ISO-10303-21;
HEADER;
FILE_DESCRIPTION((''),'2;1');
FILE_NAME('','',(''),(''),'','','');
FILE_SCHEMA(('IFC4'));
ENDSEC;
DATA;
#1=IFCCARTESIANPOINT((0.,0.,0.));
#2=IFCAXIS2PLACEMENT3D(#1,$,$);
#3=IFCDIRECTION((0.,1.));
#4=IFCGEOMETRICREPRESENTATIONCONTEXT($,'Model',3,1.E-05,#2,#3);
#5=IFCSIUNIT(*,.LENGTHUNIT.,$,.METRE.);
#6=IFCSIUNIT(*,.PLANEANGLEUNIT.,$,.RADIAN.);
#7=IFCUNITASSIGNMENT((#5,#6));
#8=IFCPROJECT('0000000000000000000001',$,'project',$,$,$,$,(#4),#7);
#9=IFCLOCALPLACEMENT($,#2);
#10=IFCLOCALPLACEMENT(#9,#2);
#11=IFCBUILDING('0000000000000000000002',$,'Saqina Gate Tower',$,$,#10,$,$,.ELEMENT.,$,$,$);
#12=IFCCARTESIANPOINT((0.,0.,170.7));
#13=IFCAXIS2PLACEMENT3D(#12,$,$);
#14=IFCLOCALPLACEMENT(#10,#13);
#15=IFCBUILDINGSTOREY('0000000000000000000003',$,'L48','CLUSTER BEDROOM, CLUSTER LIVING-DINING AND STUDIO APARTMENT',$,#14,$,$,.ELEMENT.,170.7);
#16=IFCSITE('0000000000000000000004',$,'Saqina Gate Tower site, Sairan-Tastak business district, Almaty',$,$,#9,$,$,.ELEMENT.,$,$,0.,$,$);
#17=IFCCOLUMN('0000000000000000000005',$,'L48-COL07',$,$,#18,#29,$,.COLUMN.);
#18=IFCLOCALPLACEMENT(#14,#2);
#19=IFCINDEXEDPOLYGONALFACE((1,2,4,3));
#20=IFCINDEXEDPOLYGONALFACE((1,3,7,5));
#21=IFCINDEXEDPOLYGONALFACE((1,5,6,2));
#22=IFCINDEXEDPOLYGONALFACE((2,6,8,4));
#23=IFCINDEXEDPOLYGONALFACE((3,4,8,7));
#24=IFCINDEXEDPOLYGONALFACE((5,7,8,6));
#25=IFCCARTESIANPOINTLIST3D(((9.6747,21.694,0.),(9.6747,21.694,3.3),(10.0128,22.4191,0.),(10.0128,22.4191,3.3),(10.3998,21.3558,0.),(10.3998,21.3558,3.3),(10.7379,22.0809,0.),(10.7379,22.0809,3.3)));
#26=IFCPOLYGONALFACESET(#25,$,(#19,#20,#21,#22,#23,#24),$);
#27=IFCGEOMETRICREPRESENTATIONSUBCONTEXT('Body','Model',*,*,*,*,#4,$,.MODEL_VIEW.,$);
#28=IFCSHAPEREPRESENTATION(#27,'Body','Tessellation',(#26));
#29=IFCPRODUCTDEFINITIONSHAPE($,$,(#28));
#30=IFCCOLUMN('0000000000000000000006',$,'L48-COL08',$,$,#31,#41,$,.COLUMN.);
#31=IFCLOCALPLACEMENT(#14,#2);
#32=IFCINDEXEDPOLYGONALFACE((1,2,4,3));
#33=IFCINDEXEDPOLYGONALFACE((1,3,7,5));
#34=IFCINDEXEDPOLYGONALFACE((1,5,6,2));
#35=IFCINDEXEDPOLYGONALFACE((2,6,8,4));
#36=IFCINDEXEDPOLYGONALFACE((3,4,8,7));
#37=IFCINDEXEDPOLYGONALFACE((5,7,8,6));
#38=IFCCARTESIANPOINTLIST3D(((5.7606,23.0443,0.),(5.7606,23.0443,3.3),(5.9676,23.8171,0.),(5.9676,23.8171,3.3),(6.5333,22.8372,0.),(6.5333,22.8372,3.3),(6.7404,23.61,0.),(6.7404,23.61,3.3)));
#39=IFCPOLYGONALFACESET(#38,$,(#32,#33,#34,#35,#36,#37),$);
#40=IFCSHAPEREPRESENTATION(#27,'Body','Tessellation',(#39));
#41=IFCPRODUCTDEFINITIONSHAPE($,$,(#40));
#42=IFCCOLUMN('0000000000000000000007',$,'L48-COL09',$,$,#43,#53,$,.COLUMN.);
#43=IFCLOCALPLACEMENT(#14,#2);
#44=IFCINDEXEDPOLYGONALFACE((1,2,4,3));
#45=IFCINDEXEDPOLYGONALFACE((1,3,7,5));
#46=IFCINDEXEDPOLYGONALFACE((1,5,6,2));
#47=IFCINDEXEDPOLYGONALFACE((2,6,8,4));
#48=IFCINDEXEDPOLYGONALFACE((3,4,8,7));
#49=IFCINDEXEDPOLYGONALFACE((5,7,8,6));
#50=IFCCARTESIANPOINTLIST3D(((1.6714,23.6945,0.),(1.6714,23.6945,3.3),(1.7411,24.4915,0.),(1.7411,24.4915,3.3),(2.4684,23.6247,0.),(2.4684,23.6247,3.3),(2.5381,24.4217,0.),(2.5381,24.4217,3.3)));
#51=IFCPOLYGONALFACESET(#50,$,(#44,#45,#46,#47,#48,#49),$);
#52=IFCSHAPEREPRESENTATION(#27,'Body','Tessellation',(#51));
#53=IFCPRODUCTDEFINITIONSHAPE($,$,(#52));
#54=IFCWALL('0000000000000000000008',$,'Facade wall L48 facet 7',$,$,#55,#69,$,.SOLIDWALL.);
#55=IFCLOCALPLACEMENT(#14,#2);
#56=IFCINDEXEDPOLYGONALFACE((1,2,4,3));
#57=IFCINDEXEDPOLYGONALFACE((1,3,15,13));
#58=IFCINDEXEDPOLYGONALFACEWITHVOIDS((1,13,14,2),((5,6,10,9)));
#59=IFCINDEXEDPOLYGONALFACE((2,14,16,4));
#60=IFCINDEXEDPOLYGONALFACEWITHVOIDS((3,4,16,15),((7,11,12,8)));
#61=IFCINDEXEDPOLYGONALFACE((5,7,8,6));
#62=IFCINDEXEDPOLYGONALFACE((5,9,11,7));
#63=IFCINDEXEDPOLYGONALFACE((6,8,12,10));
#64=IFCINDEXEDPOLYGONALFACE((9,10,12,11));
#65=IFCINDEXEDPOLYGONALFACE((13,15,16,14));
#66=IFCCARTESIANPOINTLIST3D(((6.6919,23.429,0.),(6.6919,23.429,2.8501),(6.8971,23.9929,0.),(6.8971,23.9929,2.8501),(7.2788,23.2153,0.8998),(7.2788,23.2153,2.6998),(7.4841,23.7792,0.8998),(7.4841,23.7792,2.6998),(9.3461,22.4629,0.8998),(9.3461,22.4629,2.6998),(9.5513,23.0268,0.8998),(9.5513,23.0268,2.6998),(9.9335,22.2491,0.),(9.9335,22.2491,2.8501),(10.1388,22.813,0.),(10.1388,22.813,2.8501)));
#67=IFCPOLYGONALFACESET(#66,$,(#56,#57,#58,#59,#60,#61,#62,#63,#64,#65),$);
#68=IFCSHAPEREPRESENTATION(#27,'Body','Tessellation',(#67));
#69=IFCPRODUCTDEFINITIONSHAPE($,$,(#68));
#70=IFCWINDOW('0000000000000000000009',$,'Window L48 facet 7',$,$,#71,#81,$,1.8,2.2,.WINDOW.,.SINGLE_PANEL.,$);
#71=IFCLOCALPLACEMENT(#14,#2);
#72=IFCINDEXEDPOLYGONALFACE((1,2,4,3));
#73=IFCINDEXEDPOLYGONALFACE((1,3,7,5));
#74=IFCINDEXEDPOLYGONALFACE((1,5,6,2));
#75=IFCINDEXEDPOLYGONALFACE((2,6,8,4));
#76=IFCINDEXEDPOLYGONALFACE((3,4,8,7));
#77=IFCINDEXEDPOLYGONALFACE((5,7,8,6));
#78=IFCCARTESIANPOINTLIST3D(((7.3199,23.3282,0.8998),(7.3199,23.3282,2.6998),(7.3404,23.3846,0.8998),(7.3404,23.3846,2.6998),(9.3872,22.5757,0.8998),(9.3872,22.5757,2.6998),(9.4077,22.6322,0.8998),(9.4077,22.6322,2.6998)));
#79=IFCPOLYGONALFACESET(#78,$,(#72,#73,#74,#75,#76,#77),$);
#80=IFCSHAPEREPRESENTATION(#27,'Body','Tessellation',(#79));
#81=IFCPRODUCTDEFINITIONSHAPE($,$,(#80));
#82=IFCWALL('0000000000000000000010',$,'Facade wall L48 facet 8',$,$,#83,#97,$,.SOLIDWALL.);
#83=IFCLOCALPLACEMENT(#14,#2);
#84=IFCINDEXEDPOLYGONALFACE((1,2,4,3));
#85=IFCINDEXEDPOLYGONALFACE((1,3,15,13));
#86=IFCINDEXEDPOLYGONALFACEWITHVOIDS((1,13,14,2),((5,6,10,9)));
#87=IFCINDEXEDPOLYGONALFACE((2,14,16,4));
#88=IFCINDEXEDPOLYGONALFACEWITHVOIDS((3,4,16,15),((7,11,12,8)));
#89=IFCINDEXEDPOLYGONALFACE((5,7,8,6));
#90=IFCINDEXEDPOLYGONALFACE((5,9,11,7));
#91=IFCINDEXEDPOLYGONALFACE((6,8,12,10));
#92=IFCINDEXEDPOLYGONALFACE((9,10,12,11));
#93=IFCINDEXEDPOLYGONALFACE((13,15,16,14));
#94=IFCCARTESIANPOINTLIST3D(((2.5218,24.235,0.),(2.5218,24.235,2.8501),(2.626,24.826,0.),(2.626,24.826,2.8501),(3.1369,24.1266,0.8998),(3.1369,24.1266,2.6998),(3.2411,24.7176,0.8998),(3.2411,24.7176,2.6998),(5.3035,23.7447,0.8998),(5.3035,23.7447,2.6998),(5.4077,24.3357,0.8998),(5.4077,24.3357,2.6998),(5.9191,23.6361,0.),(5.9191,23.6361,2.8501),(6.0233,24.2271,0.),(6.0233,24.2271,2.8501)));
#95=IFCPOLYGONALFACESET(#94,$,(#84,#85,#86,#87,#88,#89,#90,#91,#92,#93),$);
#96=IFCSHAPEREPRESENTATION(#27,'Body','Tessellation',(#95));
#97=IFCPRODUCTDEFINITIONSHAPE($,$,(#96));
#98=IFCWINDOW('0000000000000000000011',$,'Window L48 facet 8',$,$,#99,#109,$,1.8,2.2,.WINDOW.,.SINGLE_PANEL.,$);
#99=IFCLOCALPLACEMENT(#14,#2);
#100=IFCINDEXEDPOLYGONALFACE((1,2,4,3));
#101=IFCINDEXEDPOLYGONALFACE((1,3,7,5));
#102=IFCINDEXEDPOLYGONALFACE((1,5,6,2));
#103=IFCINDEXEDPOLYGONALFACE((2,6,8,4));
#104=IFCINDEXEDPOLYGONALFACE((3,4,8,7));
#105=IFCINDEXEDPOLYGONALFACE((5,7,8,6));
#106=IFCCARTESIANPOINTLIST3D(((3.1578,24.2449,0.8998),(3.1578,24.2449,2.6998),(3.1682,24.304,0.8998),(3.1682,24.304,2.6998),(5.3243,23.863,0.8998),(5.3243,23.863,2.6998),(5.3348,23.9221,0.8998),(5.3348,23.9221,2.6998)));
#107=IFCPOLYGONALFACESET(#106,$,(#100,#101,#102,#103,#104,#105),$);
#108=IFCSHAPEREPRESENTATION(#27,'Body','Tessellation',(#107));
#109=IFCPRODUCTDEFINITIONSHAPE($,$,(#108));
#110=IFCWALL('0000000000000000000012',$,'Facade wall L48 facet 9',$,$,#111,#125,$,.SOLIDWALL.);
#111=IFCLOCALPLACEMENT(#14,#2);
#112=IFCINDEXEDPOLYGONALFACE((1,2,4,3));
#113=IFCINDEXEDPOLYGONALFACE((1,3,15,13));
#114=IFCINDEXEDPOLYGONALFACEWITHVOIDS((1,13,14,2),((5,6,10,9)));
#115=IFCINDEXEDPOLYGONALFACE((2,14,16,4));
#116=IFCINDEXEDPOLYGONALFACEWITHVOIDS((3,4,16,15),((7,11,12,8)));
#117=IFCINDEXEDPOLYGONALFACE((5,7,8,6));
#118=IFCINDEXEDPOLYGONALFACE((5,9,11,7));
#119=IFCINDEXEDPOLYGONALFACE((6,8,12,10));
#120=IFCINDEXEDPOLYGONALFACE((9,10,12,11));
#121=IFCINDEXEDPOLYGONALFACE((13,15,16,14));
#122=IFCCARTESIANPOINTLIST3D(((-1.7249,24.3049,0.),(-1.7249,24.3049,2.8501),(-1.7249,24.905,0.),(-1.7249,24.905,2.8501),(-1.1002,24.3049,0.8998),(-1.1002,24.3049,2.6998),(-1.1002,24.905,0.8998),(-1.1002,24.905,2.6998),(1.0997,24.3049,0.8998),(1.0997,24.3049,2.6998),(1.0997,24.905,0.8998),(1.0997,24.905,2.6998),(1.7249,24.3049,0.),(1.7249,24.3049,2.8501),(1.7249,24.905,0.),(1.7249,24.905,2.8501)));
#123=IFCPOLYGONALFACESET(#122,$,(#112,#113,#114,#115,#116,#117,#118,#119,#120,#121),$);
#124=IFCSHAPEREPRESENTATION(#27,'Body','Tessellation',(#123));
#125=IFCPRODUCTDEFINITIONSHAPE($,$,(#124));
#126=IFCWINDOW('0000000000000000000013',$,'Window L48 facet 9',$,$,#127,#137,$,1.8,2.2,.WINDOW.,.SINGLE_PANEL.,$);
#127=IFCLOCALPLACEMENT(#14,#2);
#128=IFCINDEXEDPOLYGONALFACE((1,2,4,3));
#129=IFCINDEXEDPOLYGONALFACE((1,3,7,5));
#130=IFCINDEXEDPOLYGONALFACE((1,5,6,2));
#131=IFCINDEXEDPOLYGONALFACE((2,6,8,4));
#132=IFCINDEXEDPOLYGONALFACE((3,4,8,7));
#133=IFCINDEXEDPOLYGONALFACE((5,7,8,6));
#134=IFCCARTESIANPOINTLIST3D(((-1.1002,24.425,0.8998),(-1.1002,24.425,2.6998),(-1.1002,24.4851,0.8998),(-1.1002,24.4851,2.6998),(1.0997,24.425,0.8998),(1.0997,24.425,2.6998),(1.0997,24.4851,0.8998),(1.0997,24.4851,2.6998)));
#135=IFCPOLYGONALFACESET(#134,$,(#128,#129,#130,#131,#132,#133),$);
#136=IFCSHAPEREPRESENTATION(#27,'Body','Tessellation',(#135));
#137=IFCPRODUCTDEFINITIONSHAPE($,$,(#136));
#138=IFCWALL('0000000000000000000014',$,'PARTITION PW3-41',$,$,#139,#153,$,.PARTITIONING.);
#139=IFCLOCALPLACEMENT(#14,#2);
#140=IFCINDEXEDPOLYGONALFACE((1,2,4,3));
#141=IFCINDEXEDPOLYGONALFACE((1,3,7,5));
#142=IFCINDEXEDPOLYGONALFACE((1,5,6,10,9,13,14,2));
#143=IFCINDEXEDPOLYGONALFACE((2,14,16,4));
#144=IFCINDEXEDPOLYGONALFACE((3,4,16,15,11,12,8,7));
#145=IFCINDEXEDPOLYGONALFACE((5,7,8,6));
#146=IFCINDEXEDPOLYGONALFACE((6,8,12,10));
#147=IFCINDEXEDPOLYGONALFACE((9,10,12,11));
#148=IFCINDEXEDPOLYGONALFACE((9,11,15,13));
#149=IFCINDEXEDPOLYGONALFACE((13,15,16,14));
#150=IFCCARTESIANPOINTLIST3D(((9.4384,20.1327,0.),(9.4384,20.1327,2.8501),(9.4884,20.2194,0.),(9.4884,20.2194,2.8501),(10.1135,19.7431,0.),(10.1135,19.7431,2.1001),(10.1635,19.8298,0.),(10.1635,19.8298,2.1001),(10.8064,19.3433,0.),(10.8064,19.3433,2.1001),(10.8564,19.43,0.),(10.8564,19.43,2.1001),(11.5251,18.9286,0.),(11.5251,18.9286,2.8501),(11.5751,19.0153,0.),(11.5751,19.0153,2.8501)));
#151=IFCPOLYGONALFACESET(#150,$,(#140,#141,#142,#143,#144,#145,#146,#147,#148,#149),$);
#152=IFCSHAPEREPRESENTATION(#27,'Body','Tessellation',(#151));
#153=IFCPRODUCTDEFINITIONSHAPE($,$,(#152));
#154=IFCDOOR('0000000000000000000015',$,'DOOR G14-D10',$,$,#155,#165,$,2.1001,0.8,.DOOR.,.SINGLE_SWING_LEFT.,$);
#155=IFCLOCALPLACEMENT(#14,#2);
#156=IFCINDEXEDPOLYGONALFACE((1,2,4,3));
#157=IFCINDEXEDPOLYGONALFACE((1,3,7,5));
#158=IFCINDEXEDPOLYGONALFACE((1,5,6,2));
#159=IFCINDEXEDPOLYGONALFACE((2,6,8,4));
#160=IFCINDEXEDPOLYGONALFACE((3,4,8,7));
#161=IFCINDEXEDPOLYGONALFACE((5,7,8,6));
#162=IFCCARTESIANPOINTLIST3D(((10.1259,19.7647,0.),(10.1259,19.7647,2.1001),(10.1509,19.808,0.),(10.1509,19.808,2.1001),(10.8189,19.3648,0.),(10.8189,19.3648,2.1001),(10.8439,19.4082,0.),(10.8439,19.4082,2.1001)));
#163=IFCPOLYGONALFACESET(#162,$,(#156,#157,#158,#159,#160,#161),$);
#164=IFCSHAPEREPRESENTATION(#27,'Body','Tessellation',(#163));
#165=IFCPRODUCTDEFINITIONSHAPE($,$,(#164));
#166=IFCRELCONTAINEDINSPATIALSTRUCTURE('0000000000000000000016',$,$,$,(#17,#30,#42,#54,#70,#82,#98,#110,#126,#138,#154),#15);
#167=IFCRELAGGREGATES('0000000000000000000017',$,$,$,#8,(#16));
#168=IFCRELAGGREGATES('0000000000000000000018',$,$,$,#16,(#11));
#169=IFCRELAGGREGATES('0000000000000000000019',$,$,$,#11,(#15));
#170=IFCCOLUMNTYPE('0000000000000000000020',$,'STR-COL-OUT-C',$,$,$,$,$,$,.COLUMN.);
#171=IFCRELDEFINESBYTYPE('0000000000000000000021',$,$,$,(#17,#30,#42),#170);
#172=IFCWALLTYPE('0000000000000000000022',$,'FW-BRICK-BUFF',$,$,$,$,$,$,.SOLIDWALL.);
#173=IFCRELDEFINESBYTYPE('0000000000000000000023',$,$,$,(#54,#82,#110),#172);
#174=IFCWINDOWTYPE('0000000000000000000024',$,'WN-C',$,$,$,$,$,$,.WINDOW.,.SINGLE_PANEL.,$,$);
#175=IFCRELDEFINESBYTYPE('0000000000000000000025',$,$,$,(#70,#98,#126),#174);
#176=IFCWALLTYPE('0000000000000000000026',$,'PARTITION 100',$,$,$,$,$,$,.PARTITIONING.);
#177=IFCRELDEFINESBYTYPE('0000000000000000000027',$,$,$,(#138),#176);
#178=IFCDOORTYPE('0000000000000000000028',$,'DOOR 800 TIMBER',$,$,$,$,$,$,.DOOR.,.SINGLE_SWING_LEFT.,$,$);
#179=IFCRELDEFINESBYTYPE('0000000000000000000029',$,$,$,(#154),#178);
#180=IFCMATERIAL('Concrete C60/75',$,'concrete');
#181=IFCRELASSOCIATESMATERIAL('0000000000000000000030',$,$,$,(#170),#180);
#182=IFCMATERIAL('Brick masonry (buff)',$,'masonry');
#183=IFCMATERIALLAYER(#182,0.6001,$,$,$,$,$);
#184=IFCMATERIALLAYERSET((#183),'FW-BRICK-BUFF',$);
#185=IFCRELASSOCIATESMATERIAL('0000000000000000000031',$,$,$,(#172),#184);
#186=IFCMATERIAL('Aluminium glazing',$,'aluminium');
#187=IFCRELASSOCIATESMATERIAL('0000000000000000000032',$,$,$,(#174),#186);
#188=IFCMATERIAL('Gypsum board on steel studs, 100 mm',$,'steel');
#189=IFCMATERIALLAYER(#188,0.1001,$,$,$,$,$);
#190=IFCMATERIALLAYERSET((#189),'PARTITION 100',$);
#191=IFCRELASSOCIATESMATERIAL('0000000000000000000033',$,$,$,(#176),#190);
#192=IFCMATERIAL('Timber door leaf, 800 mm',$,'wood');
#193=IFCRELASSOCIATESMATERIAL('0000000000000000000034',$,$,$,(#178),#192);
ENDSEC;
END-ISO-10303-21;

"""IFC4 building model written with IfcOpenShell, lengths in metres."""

from ifc_helpers import new_model, si_unit, direction, frame, frame_2d, origin, origin_2d, place, context, subcontext, project, spatial, rectangle, extrude, material, layer, layer_set, material_profile, profile_set, type_object, element, fill, save


model = new_model("IFC4")

# Units and contexts
model_context = context("Model", 3, precision=1e-05, world=origin(), true_north=direction((0.0, 1.0)))
body_context = subcontext(model_context, "Body", "Model", "MODEL_VIEW")
ifc_project = project(units=[si_unit("LENGTHUNIT", "METRE"), si_unit("PLANEANGLEUNIT", "RADIAN")], contexts=[model_context])

# Site, building, storey
site_placement = place(None, origin())
site = spatial("IfcSite", under=ifc_project, at=site_placement, Name="Saqina Gate Tower site, Sairan-Tastak business district, Almaty", CompositionType="ELEMENT", RefElevation=0.0)
building_placement = place(site_placement, origin())
building = spatial("IfcBuilding", under=site, at=building_placement, Name="Saqina Gate Tower", CompositionType="ELEMENT")
storey_placement = place(building_placement, frame((0.0, 0.0, 170.7)))
storey = spatial("IfcBuildingStorey", under=building, at=storey_placement, Name="L48", Description="CLUSTER BEDROOM, CLUSTER LIVING-DINING AND STUDIO APARTMENT", CompositionType="ELEMENT", Elevation=170.7)

# Columns
ifc_material_1 = material(Name="Concrete C60/75", Category="concrete")
ifc_material_profile = material_profile(ifc_material_1, rectangle(XDim=0.8, YDim=0.8, at=origin_2d()), Name="RC 800x800")
ifc_profile_set = profile_set([ifc_material_profile], Name="Concrete C60/75")
column_type = type_object("IfcColumnType", Name="STR-COL-OUT-C", PredefinedType="COLUMN", material=ifc_profile_set)
for number, where, z_axis, x_axis, name in (
    (1, (10.2063, 21.8875, 0.0), (0.0, 0.0, 1.0), (0.422618, 0.906308, 0.0), "L48-COL07"),
    (2, (6.2505, 23.3271, 0.0), (0.0, 0.0, 1.0), (0.258819, 0.965926, 0.0), "L48-COL08"),
    (3, (2.1047, 24.0581, 0.0), (0.0, 0.0, 1.0), (0.087156, 0.996195, 0.0), "L48-COL09"),
):
    element("IfcColumn", number, at=place(storey_placement, frame(where, z_axis=z_axis, x_axis=x_axis)), inside=storey, type_object=column_type, Name=name, PredefinedType="COLUMN", context=body_context, shape_type="SweptSolid", body=[
        extrude(rectangle(XDim=0.8, YDim=0.8, at=origin_2d()), origin(), (0.0, 0.0, 1.0), 3.3),
    ])

# Walls, openings, windows
ifc_material_2 = material(Name="Brick masonry (buff)", Category="masonry")
ifc_layer_1 = layer(ifc_material_2, 0.6001)
ifc_layer_set_1 = layer_set([ifc_layer_1], Name="FW-BRICK-BUFF")
wall_type_1 = type_object("IfcWallType", Name="FW-BRICK-BUFF", PredefinedType="SOLIDWALL", material=ifc_layer_set_1)
wall_1_placement = place(storey_placement, frame((10.0361, 22.531, 0.0), z_axis=(0.0, 0.0, 1.0), x_axis=(-0.939688, 0.342033, 0.0)))
wall_1 = element("IfcWall", 4, at=wall_1_placement, inside=storey, type_object=wall_type_1, Name="Facade wall L48 facet 7", PredefinedType="SOLIDWALL", context=body_context, shape_type="SweptSolid", body=[
    extrude(rectangle(XDim=3.4497, YDim=0.6001, at=frame_2d((1.7249, 0.0))), origin(), (0.0, 0.0, 1.0), 2.8501),
])
opening_1_placement = place(wall_1_placement, frame((0.625, 0.0, 0.8999)))
opening_1 = element("IfcOpeningElement", 5, at=opening_1_placement, cuts=wall_1, PredefinedType="OPENING", context=body_context, shape_type="SweptSolid", body=[
    extrude(rectangle(XDim=2.2, YDim=1.8, at=frame_2d((1.1001, 0.8999))), frame((0.0, 0.312, 0.0), z_axis=(0.0, -1.0, 0.0), x_axis=(1.0, 0.0, 0.0)), (0.0, 0.0, 1.0), 0.624),
])
ifc_material_3 = material(Name="Aluminium glazing", Category="aluminium")
window_type = type_object("IfcWindowType", Name="WN-C", PartitioningType="SINGLE_PANEL", PredefinedType="WINDOW", material=ifc_material_3)
window_1_placement = place(opening_1_placement, origin())
window_1 = element("IfcWindow", 6, at=window_1_placement, inside=storey, type_object=window_type, Name="Window L48 facet 7", OverallHeight=1.8, OverallWidth=2.2, PartitioningType="SINGLE_PANEL", PredefinedType="WINDOW", context=body_context, shape_type="SweptSolid", body=[
    extrude(rectangle(XDim=2.2, YDim=1.8, at=frame_2d((1.1001, 0.8999))), frame((0.0, 0.1799, 0.0), z_axis=(0.0, -1.0, 0.0), x_axis=(1.0, 0.0, 0.0)), (0.0, 0.0, 1.0), 0.0601),
])
fill(opening_1, window_1)
wall_2_placement = place(storey_placement, frame((5.9712, 23.9316, 0.0), z_axis=(0.0, 0.0, 1.0), x_axis=(-0.984815, 0.173608, 0.0)))
wall_2 = element("IfcWall", 7, at=wall_2_placement, inside=storey, type_object=wall_type_1, Name="Facade wall L48 facet 8", PredefinedType="SOLIDWALL", context=body_context, shape_type="SweptSolid", body=[
    extrude(rectangle(XDim=3.4497, YDim=0.6001, at=frame_2d((1.7249, 0.0))), origin(), (0.0, 0.0, 1.0), 2.8501),
])
opening_2_placement = place(wall_2_placement, frame((0.625, 0.0, 0.8999)))
opening_2 = element("IfcOpeningElement", 8, at=opening_2_placement, cuts=wall_2, PredefinedType="OPENING", context=body_context, shape_type="SweptSolid", body=[
    extrude(rectangle(XDim=2.2, YDim=1.8, at=frame_2d((1.1001, 0.8999))), frame((0.0, 0.312, 0.0), z_axis=(0.0, -1.0, 0.0), x_axis=(1.0, 0.0, 0.0)), (0.0, 0.0, 1.0), 0.624),
])
window_2_placement = place(opening_2_placement, origin())
window_2 = element("IfcWindow", 9, at=window_2_placement, inside=storey, type_object=window_type, Name="Window L48 facet 8", OverallHeight=1.8, OverallWidth=2.2, PartitioningType="SINGLE_PANEL", PredefinedType="WINDOW", context=body_context, shape_type="SweptSolid", body=[
    extrude(rectangle(XDim=2.2, YDim=1.8, at=frame_2d((1.1001, 0.8999))), frame((0.0, 0.1799, 0.0), z_axis=(0.0, -1.0, 0.0), x_axis=(1.0, 0.0, 0.0)), (0.0, 0.0, 1.0), 0.0601),
])
fill(opening_2, window_2)
wall_3_placement = place(storey_placement, frame((1.7249, 24.605, 0.0), z_axis=(0.0, 0.0, 1.0), x_axis=(-1.0, 0.0, 0.0)))
wall_3 = element("IfcWall", 10, at=wall_3_placement, inside=storey, type_object=wall_type_1, Name="Facade wall L48 facet 9", PredefinedType="SOLIDWALL", context=body_context, shape_type="SweptSolid", body=[
    extrude(rectangle(XDim=3.4497, YDim=0.6001, at=frame_2d((1.7249, 0.0))), origin(), (0.0, 0.0, 1.0), 2.8501),
])
opening_3_placement = place(wall_3_placement, frame((0.625, 0.0, 0.8999)))
opening_3 = element("IfcOpeningElement", 11, at=opening_3_placement, cuts=wall_3, PredefinedType="OPENING", context=body_context, shape_type="SweptSolid", body=[
    extrude(rectangle(XDim=2.2, YDim=1.8, at=frame_2d((1.1001, 0.8999))), frame((0.0, 0.312, 0.0), z_axis=(0.0, -1.0, 0.0), x_axis=(1.0, 0.0, 0.0)), (0.0, 0.0, 1.0), 0.624),
])
window_3_placement = place(opening_3_placement, origin())
window_3 = element("IfcWindow", 12, at=window_3_placement, inside=storey, type_object=window_type, Name="Window L48 facet 9", OverallHeight=1.8, OverallWidth=2.2, PartitioningType="SINGLE_PANEL", PredefinedType="WINDOW", context=body_context, shape_type="SweptSolid", body=[
    extrude(rectangle(XDim=2.2, YDim=1.8, at=frame_2d((1.1001, 0.8999))), frame((0.0, 0.1799, 0.0), z_axis=(0.0, -1.0, 0.0), x_axis=(1.0, 0.0, 0.0)), (0.0, 0.0, 1.0), 0.0601),
])
fill(opening_3, window_3)

# Wall, opening, door
ifc_material_4 = material(Name="Gypsum board on steel studs, 100 mm", Category="steel")
ifc_layer_2 = layer(ifc_material_4, 0.1001)
ifc_layer_set_2 = layer_set([ifc_layer_2], Name="PARTITION 100")
wall_type_2 = type_object("IfcWallType", Name="PARTITION 100", PredefinedType="PARTITIONING", material=ifc_layer_set_2)
wall_4_placement = place(storey_placement, frame((9.4634, 20.176, 0.0), z_axis=(0.0, 0.0, 1.0), x_axis=(0.86614, -0.499801, 0.0)))
wall_4 = element("IfcWall", 13, at=wall_4_placement, inside=storey, type_object=wall_type_2, Name="PARTITION PW3-41", PredefinedType="PARTITIONING", context=body_context, shape_type="SweptSolid", body=[
    extrude(rectangle(XDim=2.4092, YDim=0.1001, at=frame_2d((1.2046, 0.0))), origin(), (0.0, 0.0, 1.0), 2.8501),
])
opening_4_placement = place(wall_4_placement, frame((0.7795, 0.0, 0.0)))
opening_4 = element("IfcOpeningElement", 14, at=opening_4_placement, cuts=wall_4, PredefinedType="OPENING", context=body_context, shape_type="SweptSolid", body=[
    extrude(rectangle(XDim=0.8, YDim=2.1001, at=frame_2d((0.3999, 1.05))), frame((0.0, 0.062, 0.0), z_axis=(0.0, -1.0, 0.0), x_axis=(1.0, 0.0, 0.0)), (0.0, 0.0, 1.0), 0.124),
])
ifc_material_5 = material(Name="Timber door leaf, 800 mm", Category="wood")
door_type_1 = type_object("IfcDoorType", Name="DOOR 800 TIMBER", OperationType="SINGLE_SWING_LEFT", PredefinedType="DOOR", material=ifc_material_5)
door_1_placement = place(opening_4_placement, origin())
door_1 = element("IfcDoor", 15, at=door_1_placement, inside=storey, type_object=door_type_1, Name="DOOR G14-D10", OperationType="SINGLE_SWING_LEFT", OverallHeight=2.1001, OverallWidth=0.8, PredefinedType="DOOR", context=body_context, shape_type="SweptSolid", body=[
    extrude(rectangle(XDim=0.8, YDim=2.1001, at=frame_2d((0.3999, 1.05))), frame((0.0, 0.0249, 0.0), z_axis=(0.0, -1.0, 0.0), x_axis=(1.0, 0.0, 0.0)), (0.0, 0.0, 1.0), 0.05),
])
fill(opening_4, door_1)

save(model, "model.ifc")
